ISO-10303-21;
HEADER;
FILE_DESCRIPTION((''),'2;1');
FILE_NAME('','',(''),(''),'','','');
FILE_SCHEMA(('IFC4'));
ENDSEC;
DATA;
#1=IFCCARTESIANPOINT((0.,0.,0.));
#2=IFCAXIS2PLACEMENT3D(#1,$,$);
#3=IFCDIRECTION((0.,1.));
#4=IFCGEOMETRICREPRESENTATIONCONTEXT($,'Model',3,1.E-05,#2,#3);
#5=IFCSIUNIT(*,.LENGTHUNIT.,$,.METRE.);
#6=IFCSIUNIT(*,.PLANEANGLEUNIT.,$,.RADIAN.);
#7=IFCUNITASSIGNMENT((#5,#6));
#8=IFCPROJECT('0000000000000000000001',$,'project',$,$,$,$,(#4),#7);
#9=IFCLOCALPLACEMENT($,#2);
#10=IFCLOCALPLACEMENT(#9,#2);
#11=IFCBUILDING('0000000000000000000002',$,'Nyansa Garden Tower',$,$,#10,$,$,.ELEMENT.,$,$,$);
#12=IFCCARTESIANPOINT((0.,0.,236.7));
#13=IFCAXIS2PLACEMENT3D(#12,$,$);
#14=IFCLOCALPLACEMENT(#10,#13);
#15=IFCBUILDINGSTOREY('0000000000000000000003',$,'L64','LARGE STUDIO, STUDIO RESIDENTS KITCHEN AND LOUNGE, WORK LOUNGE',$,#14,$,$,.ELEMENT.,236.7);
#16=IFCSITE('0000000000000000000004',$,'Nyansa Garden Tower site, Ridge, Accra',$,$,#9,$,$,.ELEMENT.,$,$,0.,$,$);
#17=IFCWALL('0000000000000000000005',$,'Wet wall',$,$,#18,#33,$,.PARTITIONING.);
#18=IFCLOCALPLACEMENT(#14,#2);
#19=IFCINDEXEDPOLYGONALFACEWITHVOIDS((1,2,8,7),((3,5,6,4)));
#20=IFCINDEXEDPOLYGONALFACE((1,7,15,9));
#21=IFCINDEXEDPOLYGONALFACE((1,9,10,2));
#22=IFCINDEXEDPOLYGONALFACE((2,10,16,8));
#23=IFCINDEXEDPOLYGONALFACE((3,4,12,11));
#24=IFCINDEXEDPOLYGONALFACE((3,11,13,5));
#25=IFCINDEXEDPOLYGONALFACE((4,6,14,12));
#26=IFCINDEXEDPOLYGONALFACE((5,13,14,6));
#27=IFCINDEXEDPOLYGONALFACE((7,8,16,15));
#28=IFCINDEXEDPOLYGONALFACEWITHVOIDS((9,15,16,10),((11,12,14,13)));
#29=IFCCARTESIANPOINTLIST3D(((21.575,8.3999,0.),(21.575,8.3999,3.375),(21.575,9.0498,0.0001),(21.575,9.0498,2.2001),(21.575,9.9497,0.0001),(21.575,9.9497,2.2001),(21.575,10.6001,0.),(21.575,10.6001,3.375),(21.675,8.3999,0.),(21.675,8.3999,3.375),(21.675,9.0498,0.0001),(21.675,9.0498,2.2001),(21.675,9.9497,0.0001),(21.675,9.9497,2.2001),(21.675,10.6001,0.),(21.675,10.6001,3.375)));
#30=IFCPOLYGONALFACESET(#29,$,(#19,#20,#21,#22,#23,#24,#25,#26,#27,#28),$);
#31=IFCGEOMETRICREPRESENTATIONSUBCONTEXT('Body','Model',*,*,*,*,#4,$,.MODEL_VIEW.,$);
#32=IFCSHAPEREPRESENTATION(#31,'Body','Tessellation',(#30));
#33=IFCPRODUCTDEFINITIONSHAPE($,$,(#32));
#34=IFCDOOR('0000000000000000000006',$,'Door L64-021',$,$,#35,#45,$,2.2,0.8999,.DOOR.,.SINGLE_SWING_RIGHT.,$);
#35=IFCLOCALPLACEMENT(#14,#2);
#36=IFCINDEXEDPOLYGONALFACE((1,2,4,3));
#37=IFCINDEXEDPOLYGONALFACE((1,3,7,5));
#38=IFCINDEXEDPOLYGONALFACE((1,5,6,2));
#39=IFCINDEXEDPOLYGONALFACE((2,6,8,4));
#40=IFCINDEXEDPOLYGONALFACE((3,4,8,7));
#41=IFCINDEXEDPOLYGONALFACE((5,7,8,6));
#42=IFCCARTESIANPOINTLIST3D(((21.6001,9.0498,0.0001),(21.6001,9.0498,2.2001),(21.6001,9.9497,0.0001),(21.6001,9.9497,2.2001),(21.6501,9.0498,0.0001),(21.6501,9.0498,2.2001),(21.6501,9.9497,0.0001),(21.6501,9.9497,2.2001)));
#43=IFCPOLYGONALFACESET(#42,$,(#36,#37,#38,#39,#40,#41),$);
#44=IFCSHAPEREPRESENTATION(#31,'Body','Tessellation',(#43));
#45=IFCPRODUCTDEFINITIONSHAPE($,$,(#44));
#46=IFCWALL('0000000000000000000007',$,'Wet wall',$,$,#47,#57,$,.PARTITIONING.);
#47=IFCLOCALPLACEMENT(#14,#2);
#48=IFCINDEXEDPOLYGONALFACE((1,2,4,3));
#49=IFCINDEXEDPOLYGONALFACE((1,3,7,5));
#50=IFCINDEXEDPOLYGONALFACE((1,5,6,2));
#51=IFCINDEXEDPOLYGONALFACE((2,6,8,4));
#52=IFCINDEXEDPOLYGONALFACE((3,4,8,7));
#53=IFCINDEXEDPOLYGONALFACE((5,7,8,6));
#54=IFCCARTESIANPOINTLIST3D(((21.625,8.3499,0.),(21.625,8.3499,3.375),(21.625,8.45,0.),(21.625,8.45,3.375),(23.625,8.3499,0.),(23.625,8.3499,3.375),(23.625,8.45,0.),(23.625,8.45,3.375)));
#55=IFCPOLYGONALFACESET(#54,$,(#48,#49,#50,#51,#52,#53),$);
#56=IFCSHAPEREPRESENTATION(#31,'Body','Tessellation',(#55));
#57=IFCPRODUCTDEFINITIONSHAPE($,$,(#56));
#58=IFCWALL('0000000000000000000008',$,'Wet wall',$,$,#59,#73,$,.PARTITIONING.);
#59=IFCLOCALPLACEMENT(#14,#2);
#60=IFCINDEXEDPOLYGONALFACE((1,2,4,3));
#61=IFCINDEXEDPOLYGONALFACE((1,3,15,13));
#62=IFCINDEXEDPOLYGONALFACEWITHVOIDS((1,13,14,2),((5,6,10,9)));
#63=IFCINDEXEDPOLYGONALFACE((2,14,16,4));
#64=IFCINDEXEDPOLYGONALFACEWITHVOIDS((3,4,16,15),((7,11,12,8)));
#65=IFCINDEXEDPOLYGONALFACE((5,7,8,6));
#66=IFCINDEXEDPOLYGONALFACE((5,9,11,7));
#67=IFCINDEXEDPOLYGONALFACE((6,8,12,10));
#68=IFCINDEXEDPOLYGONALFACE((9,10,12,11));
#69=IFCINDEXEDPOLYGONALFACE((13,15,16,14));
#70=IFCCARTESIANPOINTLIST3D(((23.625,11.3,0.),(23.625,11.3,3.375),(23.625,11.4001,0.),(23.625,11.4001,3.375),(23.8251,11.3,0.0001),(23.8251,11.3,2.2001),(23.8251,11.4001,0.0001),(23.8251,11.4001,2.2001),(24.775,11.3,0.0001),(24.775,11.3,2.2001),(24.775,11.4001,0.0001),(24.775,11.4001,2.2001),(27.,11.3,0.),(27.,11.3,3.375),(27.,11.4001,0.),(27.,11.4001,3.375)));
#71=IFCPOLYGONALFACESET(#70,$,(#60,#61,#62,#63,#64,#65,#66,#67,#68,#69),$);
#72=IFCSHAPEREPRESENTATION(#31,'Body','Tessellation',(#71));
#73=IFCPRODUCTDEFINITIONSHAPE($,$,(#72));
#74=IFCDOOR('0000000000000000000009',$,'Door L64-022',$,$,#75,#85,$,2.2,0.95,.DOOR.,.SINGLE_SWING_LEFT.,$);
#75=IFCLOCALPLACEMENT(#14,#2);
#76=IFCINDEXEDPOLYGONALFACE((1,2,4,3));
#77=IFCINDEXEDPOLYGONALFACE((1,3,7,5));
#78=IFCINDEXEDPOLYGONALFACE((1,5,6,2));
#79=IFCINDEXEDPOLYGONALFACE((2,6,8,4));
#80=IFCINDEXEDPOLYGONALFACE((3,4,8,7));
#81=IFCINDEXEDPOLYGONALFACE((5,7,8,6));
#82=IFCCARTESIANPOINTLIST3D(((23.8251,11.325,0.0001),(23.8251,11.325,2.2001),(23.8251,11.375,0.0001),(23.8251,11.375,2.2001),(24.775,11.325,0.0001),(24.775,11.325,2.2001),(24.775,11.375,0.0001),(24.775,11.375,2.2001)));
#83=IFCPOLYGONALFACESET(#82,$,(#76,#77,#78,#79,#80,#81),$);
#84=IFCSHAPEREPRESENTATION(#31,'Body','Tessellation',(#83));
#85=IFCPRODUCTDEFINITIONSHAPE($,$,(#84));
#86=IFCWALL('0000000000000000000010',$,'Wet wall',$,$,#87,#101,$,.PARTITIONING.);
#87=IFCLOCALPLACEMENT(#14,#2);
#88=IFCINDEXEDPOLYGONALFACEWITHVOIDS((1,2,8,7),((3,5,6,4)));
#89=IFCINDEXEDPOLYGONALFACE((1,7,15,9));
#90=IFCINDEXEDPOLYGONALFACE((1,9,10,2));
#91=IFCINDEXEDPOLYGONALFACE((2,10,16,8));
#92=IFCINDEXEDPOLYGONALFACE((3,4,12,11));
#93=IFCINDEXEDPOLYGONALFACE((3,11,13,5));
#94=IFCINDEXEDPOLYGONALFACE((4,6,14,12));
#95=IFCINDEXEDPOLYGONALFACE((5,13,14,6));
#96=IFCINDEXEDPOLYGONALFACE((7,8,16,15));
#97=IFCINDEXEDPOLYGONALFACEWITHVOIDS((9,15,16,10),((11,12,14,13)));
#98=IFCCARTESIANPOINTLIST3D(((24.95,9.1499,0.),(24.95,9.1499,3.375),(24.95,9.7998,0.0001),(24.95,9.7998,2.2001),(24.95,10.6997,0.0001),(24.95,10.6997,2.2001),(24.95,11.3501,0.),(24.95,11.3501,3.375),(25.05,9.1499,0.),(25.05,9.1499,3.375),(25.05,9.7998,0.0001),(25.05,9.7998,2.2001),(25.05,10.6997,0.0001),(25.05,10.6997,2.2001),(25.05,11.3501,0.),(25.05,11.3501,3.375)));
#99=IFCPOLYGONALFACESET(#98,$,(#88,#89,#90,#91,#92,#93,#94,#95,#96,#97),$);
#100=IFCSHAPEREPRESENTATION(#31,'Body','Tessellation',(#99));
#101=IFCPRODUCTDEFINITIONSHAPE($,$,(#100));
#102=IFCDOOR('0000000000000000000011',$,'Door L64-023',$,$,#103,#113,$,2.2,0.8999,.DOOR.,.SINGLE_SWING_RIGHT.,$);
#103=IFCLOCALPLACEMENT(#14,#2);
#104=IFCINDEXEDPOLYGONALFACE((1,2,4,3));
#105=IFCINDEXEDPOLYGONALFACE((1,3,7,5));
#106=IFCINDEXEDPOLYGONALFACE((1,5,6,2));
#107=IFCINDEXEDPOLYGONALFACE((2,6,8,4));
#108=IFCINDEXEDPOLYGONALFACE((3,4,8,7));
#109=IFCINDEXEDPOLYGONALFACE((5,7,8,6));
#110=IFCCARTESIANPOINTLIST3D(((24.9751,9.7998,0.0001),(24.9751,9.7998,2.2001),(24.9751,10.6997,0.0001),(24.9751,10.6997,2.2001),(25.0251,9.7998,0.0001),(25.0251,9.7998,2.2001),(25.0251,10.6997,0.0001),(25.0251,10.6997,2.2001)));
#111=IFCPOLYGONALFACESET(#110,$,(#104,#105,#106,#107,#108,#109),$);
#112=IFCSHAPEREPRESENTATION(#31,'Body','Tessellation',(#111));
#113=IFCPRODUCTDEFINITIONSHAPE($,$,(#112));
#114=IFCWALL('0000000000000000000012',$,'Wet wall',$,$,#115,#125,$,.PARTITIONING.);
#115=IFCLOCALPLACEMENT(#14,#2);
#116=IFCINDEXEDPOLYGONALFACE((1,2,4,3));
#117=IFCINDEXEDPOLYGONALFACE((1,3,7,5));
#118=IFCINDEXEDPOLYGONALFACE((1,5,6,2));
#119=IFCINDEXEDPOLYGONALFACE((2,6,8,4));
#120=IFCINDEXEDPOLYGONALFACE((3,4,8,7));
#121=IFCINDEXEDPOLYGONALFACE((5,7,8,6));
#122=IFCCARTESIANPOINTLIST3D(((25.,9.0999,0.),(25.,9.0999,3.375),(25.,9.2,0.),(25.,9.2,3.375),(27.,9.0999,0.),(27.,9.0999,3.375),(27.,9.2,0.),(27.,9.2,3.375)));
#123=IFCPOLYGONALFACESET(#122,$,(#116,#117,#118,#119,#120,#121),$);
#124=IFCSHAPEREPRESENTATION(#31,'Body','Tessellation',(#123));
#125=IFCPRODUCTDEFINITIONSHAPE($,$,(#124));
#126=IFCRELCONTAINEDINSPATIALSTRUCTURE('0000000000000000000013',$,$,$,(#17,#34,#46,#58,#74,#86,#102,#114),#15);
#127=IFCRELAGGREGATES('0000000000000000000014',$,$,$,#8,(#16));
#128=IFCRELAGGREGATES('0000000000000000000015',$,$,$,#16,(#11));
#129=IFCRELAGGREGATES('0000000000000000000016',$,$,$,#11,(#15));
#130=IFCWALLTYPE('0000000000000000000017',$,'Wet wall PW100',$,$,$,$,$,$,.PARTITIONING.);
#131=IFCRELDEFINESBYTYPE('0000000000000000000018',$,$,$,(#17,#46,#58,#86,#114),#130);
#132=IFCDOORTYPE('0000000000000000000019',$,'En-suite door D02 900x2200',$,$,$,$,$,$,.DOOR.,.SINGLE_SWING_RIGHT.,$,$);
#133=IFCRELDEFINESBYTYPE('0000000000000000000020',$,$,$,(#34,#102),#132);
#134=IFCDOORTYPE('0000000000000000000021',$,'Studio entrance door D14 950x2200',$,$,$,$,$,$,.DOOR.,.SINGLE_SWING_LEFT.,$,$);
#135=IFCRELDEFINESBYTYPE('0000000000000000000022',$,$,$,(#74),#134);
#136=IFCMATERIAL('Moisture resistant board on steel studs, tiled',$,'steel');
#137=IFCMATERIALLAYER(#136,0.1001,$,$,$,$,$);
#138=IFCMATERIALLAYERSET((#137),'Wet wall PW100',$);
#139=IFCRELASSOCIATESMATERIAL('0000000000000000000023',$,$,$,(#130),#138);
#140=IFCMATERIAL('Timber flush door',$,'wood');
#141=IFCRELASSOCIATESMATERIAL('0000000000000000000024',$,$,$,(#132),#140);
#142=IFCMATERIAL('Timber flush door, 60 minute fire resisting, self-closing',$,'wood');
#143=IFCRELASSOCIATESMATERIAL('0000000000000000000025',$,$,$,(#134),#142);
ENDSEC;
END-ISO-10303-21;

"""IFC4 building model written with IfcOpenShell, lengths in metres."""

from ifc_helpers import new_model, si_unit, direction, frame, frame_2d, origin, place, context, subcontext, project, spatial, rectangle, extrude, material, layer, layer_set, type_object, element, fill, save


model = new_model("IFC4")

# Units and contexts
model_context = context("Model", 3, precision=1e-05, world=origin(), true_north=direction((0.0, 1.0)))
body_context = subcontext(model_context, "Body", "Model", "MODEL_VIEW")
ifc_project = project(units=[si_unit("LENGTHUNIT", "METRE"), si_unit("PLANEANGLEUNIT", "RADIAN")], contexts=[model_context])

# Site, building, storey
site_placement = place(None, origin())
site = spatial("IfcSite", under=ifc_project, at=site_placement, Name="Nyansa Garden Tower site, Ridge, Accra", CompositionType="ELEMENT", RefElevation=0.0)
building_placement = place(site_placement, origin())
building = spatial("IfcBuilding", under=site, at=building_placement, Name="Nyansa Garden Tower", CompositionType="ELEMENT")
storey_placement = place(building_placement, frame((0.0, 0.0, 236.7)))
storey = spatial("IfcBuildingStorey", under=building, at=storey_placement, Name="L64", Description="LARGE STUDIO, STUDIO RESIDENTS KITCHEN AND LOUNGE, WORK LOUNGE", CompositionType="ELEMENT", Elevation=236.7)

# Shared definitions
ifc_material_1 = material(Name="Moisture resistant board on steel studs, tiled", Category="steel")
ifc_layer_1 = layer(ifc_material_1, 0.1001)
ifc_layer_set_1 = layer_set([ifc_layer_1], Name="Wet wall PW100")
wall_type_1 = type_object("IfcWallType", Name="Wet wall PW100", PredefinedType="PARTITIONING", material=ifc_layer_set_1)
ifc_material_2 = material(Name="Timber flush door", Category="wood")
door_type_1 = type_object("IfcDoorType", Name="En-suite door D02 900x2200", OperationType="SINGLE_SWING_RIGHT", PredefinedType="DOOR", material=ifc_material_2)

# Wall, opening, door
wall_1_placement = place(storey_placement, frame((21.625, 8.3999, 0.0), z_axis=(0.0, 0.0, 1.0), x_axis=(0.0, 1.0, 0.0)))
wall_1 = element("IfcWall", 1, at=wall_1_placement, inside=storey, type_object=wall_type_1, Name="Wet wall", PredefinedType="PARTITIONING", context=body_context, shape_type="SweptSolid", body=[
    extrude(rectangle(XDim=2.2002, YDim=0.1001, at=frame_2d((1.1001, 0.0))), origin(), (0.0, 0.0, 1.0), 3.375),
])
opening_1_placement = place(wall_1_placement, frame((0.6499, 0.0, 0.0)))
opening_1 = element("IfcOpeningElement", 2, at=opening_1_placement, cuts=wall_1, PredefinedType="OPENING", context=body_context, shape_type="SweptSolid", body=[
    extrude(rectangle(XDim=0.8999, YDim=2.2, at=frame_2d((0.45, 1.1001))), frame((0.0, 0.0601, 0.0), z_axis=(0.0, -1.0, 0.0), x_axis=(1.0, 0.0, 0.0)), (0.0, 0.0, 1.0), 0.1201),
])
door_1_placement = place(opening_1_placement, origin())
door_1 = element("IfcDoor", 3, at=door_1_placement, inside=storey, type_object=door_type_1, Name="Door L64-021", OperationType="SINGLE_SWING_RIGHT", OverallHeight=2.2, OverallWidth=0.8999, PredefinedType="DOOR", context=body_context, shape_type="SweptSolid", body=[
    extrude(rectangle(XDim=0.8999, YDim=2.2, at=frame_2d((0.45, 1.1001))), frame((0.0, 0.0249, 0.0), z_axis=(0.0, -1.0, 0.0), x_axis=(1.0, 0.0, 0.0)), (0.0, 0.0, 1.0), 0.05),
])
fill(opening_1, door_1)

# Wall
wall_2_placement = place(storey_placement, frame((21.625, 8.3999, 0.0), z_axis=(0.0, 0.0, 1.0), x_axis=(1.0, 0.0, 0.0)))
element("IfcWall", 4, at=wall_2_placement, inside=storey, type_object=wall_type_1, Name="Wet wall", PredefinedType="PARTITIONING", context=body_context, shape_type="SweptSolid", body=[
    extrude(rectangle(XDim=2.0, YDim=0.1001, at=frame_2d((1.0, 0.0))), origin(), (0.0, 0.0, 1.0), 3.375),
])

# Walls, openings, doors
wall_3_placement = place(storey_placement, frame((23.625, 11.3501, 0.0), z_axis=(0.0, 0.0, 1.0), x_axis=(1.0, 0.0, 0.0)))
wall_3 = element("IfcWall", 5, at=wall_3_placement, inside=storey, type_object=wall_type_1, Name="Wet wall", PredefinedType="PARTITIONING", context=body_context, shape_type="SweptSolid", body=[
    extrude(rectangle(XDim=3.375, YDim=0.1001, at=frame_2d((1.6875, 0.0))), origin(), (0.0, 0.0, 1.0), 3.375),
])
opening_2_placement = place(wall_3_placement, frame((0.2, 0.0, 0.0)))
opening_2 = element("IfcOpeningElement", 6, at=opening_2_placement, cuts=wall_3, PredefinedType="OPENING", context=body_context, shape_type="SweptSolid", body=[
    extrude(rectangle(XDim=0.95, YDim=2.2, at=frame_2d((0.4751, 1.1001))), frame((0.0, 0.0601, 0.0), z_axis=(0.0, -1.0, 0.0), x_axis=(1.0, 0.0, 0.0)), (0.0, 0.0, 1.0), 0.1201),
])
ifc_material_3 = material(Name="Timber flush door, 60 minute fire resisting, self-closing", Category="wood")
door_type_2 = type_object("IfcDoorType", Name="Studio entrance door D14 950x2200", OperationType="SINGLE_SWING_LEFT", PredefinedType="DOOR", material=ifc_material_3)
door_2_placement = place(opening_2_placement, origin())
door_2 = element("IfcDoor", 7, at=door_2_placement, inside=storey, type_object=door_type_2, Name="Door L64-022", OperationType="SINGLE_SWING_LEFT", OverallHeight=2.2, OverallWidth=0.95, PredefinedType="DOOR", context=body_context, shape_type="SweptSolid", body=[
    extrude(rectangle(XDim=0.95, YDim=2.2, at=frame_2d((0.4751, 1.1001))), frame((0.0, 0.0249, 0.0), z_axis=(0.0, -1.0, 0.0), x_axis=(1.0, 0.0, 0.0)), (0.0, 0.0, 1.0), 0.05),
])
fill(opening_2, door_2)
wall_4_placement = place(storey_placement, frame((25.0, 9.1499, 0.0), z_axis=(0.0, 0.0, 1.0), x_axis=(0.0, 1.0, 0.0)))
wall_4 = element("IfcWall", 8, at=wall_4_placement, inside=storey, type_object=wall_type_1, Name="Wet wall", PredefinedType="PARTITIONING", context=body_context, shape_type="SweptSolid", body=[
    extrude(rectangle(XDim=2.2002, YDim=0.1001, at=frame_2d((1.1001, 0.0))), origin(), (0.0, 0.0, 1.0), 3.375),
])
opening_3_placement = place(wall_4_placement, frame((0.6499, 0.0, 0.0)))
opening_3 = element("IfcOpeningElement", 9, at=opening_3_placement, cuts=wall_4, PredefinedType="OPENING", context=body_context, shape_type="SweptSolid", body=[
    extrude(rectangle(XDim=0.8999, YDim=2.2, at=frame_2d((0.45, 1.1001))), frame((0.0, 0.0601, 0.0), z_axis=(0.0, -1.0, 0.0), x_axis=(1.0, 0.0, 0.0)), (0.0, 0.0, 1.0), 0.1201),
])
door_3_placement = place(opening_3_placement, origin())
door_3 = element("IfcDoor", 10, at=door_3_placement, inside=storey, type_object=door_type_1, Name="Door L64-023", OperationType="SINGLE_SWING_RIGHT", OverallHeight=2.2, OverallWidth=0.8999, PredefinedType="DOOR", context=body_context, shape_type="SweptSolid", body=[
    extrude(rectangle(XDim=0.8999, YDim=2.2, at=frame_2d((0.45, 1.1001))), frame((0.0, 0.0249, 0.0), z_axis=(0.0, -1.0, 0.0), x_axis=(1.0, 0.0, 0.0)), (0.0, 0.0, 1.0), 0.05),
])
fill(opening_3, door_3)

# Wall
wall_5_placement = place(storey_placement, frame((25.0, 9.1499, 0.0), z_axis=(0.0, 0.0, 1.0), x_axis=(1.0, 0.0, 0.0)))
element("IfcWall", 11, at=wall_5_placement, inside=storey, type_object=wall_type_1, Name="Wet wall", PredefinedType="PARTITIONING", context=body_context, shape_type="SweptSolid", body=[
    extrude(rectangle(XDim=2.0, YDim=0.1001, at=frame_2d((1.0, 0.0))), origin(), (0.0, 0.0, 1.0), 3.375),
])

save(model, "model.ifc")
